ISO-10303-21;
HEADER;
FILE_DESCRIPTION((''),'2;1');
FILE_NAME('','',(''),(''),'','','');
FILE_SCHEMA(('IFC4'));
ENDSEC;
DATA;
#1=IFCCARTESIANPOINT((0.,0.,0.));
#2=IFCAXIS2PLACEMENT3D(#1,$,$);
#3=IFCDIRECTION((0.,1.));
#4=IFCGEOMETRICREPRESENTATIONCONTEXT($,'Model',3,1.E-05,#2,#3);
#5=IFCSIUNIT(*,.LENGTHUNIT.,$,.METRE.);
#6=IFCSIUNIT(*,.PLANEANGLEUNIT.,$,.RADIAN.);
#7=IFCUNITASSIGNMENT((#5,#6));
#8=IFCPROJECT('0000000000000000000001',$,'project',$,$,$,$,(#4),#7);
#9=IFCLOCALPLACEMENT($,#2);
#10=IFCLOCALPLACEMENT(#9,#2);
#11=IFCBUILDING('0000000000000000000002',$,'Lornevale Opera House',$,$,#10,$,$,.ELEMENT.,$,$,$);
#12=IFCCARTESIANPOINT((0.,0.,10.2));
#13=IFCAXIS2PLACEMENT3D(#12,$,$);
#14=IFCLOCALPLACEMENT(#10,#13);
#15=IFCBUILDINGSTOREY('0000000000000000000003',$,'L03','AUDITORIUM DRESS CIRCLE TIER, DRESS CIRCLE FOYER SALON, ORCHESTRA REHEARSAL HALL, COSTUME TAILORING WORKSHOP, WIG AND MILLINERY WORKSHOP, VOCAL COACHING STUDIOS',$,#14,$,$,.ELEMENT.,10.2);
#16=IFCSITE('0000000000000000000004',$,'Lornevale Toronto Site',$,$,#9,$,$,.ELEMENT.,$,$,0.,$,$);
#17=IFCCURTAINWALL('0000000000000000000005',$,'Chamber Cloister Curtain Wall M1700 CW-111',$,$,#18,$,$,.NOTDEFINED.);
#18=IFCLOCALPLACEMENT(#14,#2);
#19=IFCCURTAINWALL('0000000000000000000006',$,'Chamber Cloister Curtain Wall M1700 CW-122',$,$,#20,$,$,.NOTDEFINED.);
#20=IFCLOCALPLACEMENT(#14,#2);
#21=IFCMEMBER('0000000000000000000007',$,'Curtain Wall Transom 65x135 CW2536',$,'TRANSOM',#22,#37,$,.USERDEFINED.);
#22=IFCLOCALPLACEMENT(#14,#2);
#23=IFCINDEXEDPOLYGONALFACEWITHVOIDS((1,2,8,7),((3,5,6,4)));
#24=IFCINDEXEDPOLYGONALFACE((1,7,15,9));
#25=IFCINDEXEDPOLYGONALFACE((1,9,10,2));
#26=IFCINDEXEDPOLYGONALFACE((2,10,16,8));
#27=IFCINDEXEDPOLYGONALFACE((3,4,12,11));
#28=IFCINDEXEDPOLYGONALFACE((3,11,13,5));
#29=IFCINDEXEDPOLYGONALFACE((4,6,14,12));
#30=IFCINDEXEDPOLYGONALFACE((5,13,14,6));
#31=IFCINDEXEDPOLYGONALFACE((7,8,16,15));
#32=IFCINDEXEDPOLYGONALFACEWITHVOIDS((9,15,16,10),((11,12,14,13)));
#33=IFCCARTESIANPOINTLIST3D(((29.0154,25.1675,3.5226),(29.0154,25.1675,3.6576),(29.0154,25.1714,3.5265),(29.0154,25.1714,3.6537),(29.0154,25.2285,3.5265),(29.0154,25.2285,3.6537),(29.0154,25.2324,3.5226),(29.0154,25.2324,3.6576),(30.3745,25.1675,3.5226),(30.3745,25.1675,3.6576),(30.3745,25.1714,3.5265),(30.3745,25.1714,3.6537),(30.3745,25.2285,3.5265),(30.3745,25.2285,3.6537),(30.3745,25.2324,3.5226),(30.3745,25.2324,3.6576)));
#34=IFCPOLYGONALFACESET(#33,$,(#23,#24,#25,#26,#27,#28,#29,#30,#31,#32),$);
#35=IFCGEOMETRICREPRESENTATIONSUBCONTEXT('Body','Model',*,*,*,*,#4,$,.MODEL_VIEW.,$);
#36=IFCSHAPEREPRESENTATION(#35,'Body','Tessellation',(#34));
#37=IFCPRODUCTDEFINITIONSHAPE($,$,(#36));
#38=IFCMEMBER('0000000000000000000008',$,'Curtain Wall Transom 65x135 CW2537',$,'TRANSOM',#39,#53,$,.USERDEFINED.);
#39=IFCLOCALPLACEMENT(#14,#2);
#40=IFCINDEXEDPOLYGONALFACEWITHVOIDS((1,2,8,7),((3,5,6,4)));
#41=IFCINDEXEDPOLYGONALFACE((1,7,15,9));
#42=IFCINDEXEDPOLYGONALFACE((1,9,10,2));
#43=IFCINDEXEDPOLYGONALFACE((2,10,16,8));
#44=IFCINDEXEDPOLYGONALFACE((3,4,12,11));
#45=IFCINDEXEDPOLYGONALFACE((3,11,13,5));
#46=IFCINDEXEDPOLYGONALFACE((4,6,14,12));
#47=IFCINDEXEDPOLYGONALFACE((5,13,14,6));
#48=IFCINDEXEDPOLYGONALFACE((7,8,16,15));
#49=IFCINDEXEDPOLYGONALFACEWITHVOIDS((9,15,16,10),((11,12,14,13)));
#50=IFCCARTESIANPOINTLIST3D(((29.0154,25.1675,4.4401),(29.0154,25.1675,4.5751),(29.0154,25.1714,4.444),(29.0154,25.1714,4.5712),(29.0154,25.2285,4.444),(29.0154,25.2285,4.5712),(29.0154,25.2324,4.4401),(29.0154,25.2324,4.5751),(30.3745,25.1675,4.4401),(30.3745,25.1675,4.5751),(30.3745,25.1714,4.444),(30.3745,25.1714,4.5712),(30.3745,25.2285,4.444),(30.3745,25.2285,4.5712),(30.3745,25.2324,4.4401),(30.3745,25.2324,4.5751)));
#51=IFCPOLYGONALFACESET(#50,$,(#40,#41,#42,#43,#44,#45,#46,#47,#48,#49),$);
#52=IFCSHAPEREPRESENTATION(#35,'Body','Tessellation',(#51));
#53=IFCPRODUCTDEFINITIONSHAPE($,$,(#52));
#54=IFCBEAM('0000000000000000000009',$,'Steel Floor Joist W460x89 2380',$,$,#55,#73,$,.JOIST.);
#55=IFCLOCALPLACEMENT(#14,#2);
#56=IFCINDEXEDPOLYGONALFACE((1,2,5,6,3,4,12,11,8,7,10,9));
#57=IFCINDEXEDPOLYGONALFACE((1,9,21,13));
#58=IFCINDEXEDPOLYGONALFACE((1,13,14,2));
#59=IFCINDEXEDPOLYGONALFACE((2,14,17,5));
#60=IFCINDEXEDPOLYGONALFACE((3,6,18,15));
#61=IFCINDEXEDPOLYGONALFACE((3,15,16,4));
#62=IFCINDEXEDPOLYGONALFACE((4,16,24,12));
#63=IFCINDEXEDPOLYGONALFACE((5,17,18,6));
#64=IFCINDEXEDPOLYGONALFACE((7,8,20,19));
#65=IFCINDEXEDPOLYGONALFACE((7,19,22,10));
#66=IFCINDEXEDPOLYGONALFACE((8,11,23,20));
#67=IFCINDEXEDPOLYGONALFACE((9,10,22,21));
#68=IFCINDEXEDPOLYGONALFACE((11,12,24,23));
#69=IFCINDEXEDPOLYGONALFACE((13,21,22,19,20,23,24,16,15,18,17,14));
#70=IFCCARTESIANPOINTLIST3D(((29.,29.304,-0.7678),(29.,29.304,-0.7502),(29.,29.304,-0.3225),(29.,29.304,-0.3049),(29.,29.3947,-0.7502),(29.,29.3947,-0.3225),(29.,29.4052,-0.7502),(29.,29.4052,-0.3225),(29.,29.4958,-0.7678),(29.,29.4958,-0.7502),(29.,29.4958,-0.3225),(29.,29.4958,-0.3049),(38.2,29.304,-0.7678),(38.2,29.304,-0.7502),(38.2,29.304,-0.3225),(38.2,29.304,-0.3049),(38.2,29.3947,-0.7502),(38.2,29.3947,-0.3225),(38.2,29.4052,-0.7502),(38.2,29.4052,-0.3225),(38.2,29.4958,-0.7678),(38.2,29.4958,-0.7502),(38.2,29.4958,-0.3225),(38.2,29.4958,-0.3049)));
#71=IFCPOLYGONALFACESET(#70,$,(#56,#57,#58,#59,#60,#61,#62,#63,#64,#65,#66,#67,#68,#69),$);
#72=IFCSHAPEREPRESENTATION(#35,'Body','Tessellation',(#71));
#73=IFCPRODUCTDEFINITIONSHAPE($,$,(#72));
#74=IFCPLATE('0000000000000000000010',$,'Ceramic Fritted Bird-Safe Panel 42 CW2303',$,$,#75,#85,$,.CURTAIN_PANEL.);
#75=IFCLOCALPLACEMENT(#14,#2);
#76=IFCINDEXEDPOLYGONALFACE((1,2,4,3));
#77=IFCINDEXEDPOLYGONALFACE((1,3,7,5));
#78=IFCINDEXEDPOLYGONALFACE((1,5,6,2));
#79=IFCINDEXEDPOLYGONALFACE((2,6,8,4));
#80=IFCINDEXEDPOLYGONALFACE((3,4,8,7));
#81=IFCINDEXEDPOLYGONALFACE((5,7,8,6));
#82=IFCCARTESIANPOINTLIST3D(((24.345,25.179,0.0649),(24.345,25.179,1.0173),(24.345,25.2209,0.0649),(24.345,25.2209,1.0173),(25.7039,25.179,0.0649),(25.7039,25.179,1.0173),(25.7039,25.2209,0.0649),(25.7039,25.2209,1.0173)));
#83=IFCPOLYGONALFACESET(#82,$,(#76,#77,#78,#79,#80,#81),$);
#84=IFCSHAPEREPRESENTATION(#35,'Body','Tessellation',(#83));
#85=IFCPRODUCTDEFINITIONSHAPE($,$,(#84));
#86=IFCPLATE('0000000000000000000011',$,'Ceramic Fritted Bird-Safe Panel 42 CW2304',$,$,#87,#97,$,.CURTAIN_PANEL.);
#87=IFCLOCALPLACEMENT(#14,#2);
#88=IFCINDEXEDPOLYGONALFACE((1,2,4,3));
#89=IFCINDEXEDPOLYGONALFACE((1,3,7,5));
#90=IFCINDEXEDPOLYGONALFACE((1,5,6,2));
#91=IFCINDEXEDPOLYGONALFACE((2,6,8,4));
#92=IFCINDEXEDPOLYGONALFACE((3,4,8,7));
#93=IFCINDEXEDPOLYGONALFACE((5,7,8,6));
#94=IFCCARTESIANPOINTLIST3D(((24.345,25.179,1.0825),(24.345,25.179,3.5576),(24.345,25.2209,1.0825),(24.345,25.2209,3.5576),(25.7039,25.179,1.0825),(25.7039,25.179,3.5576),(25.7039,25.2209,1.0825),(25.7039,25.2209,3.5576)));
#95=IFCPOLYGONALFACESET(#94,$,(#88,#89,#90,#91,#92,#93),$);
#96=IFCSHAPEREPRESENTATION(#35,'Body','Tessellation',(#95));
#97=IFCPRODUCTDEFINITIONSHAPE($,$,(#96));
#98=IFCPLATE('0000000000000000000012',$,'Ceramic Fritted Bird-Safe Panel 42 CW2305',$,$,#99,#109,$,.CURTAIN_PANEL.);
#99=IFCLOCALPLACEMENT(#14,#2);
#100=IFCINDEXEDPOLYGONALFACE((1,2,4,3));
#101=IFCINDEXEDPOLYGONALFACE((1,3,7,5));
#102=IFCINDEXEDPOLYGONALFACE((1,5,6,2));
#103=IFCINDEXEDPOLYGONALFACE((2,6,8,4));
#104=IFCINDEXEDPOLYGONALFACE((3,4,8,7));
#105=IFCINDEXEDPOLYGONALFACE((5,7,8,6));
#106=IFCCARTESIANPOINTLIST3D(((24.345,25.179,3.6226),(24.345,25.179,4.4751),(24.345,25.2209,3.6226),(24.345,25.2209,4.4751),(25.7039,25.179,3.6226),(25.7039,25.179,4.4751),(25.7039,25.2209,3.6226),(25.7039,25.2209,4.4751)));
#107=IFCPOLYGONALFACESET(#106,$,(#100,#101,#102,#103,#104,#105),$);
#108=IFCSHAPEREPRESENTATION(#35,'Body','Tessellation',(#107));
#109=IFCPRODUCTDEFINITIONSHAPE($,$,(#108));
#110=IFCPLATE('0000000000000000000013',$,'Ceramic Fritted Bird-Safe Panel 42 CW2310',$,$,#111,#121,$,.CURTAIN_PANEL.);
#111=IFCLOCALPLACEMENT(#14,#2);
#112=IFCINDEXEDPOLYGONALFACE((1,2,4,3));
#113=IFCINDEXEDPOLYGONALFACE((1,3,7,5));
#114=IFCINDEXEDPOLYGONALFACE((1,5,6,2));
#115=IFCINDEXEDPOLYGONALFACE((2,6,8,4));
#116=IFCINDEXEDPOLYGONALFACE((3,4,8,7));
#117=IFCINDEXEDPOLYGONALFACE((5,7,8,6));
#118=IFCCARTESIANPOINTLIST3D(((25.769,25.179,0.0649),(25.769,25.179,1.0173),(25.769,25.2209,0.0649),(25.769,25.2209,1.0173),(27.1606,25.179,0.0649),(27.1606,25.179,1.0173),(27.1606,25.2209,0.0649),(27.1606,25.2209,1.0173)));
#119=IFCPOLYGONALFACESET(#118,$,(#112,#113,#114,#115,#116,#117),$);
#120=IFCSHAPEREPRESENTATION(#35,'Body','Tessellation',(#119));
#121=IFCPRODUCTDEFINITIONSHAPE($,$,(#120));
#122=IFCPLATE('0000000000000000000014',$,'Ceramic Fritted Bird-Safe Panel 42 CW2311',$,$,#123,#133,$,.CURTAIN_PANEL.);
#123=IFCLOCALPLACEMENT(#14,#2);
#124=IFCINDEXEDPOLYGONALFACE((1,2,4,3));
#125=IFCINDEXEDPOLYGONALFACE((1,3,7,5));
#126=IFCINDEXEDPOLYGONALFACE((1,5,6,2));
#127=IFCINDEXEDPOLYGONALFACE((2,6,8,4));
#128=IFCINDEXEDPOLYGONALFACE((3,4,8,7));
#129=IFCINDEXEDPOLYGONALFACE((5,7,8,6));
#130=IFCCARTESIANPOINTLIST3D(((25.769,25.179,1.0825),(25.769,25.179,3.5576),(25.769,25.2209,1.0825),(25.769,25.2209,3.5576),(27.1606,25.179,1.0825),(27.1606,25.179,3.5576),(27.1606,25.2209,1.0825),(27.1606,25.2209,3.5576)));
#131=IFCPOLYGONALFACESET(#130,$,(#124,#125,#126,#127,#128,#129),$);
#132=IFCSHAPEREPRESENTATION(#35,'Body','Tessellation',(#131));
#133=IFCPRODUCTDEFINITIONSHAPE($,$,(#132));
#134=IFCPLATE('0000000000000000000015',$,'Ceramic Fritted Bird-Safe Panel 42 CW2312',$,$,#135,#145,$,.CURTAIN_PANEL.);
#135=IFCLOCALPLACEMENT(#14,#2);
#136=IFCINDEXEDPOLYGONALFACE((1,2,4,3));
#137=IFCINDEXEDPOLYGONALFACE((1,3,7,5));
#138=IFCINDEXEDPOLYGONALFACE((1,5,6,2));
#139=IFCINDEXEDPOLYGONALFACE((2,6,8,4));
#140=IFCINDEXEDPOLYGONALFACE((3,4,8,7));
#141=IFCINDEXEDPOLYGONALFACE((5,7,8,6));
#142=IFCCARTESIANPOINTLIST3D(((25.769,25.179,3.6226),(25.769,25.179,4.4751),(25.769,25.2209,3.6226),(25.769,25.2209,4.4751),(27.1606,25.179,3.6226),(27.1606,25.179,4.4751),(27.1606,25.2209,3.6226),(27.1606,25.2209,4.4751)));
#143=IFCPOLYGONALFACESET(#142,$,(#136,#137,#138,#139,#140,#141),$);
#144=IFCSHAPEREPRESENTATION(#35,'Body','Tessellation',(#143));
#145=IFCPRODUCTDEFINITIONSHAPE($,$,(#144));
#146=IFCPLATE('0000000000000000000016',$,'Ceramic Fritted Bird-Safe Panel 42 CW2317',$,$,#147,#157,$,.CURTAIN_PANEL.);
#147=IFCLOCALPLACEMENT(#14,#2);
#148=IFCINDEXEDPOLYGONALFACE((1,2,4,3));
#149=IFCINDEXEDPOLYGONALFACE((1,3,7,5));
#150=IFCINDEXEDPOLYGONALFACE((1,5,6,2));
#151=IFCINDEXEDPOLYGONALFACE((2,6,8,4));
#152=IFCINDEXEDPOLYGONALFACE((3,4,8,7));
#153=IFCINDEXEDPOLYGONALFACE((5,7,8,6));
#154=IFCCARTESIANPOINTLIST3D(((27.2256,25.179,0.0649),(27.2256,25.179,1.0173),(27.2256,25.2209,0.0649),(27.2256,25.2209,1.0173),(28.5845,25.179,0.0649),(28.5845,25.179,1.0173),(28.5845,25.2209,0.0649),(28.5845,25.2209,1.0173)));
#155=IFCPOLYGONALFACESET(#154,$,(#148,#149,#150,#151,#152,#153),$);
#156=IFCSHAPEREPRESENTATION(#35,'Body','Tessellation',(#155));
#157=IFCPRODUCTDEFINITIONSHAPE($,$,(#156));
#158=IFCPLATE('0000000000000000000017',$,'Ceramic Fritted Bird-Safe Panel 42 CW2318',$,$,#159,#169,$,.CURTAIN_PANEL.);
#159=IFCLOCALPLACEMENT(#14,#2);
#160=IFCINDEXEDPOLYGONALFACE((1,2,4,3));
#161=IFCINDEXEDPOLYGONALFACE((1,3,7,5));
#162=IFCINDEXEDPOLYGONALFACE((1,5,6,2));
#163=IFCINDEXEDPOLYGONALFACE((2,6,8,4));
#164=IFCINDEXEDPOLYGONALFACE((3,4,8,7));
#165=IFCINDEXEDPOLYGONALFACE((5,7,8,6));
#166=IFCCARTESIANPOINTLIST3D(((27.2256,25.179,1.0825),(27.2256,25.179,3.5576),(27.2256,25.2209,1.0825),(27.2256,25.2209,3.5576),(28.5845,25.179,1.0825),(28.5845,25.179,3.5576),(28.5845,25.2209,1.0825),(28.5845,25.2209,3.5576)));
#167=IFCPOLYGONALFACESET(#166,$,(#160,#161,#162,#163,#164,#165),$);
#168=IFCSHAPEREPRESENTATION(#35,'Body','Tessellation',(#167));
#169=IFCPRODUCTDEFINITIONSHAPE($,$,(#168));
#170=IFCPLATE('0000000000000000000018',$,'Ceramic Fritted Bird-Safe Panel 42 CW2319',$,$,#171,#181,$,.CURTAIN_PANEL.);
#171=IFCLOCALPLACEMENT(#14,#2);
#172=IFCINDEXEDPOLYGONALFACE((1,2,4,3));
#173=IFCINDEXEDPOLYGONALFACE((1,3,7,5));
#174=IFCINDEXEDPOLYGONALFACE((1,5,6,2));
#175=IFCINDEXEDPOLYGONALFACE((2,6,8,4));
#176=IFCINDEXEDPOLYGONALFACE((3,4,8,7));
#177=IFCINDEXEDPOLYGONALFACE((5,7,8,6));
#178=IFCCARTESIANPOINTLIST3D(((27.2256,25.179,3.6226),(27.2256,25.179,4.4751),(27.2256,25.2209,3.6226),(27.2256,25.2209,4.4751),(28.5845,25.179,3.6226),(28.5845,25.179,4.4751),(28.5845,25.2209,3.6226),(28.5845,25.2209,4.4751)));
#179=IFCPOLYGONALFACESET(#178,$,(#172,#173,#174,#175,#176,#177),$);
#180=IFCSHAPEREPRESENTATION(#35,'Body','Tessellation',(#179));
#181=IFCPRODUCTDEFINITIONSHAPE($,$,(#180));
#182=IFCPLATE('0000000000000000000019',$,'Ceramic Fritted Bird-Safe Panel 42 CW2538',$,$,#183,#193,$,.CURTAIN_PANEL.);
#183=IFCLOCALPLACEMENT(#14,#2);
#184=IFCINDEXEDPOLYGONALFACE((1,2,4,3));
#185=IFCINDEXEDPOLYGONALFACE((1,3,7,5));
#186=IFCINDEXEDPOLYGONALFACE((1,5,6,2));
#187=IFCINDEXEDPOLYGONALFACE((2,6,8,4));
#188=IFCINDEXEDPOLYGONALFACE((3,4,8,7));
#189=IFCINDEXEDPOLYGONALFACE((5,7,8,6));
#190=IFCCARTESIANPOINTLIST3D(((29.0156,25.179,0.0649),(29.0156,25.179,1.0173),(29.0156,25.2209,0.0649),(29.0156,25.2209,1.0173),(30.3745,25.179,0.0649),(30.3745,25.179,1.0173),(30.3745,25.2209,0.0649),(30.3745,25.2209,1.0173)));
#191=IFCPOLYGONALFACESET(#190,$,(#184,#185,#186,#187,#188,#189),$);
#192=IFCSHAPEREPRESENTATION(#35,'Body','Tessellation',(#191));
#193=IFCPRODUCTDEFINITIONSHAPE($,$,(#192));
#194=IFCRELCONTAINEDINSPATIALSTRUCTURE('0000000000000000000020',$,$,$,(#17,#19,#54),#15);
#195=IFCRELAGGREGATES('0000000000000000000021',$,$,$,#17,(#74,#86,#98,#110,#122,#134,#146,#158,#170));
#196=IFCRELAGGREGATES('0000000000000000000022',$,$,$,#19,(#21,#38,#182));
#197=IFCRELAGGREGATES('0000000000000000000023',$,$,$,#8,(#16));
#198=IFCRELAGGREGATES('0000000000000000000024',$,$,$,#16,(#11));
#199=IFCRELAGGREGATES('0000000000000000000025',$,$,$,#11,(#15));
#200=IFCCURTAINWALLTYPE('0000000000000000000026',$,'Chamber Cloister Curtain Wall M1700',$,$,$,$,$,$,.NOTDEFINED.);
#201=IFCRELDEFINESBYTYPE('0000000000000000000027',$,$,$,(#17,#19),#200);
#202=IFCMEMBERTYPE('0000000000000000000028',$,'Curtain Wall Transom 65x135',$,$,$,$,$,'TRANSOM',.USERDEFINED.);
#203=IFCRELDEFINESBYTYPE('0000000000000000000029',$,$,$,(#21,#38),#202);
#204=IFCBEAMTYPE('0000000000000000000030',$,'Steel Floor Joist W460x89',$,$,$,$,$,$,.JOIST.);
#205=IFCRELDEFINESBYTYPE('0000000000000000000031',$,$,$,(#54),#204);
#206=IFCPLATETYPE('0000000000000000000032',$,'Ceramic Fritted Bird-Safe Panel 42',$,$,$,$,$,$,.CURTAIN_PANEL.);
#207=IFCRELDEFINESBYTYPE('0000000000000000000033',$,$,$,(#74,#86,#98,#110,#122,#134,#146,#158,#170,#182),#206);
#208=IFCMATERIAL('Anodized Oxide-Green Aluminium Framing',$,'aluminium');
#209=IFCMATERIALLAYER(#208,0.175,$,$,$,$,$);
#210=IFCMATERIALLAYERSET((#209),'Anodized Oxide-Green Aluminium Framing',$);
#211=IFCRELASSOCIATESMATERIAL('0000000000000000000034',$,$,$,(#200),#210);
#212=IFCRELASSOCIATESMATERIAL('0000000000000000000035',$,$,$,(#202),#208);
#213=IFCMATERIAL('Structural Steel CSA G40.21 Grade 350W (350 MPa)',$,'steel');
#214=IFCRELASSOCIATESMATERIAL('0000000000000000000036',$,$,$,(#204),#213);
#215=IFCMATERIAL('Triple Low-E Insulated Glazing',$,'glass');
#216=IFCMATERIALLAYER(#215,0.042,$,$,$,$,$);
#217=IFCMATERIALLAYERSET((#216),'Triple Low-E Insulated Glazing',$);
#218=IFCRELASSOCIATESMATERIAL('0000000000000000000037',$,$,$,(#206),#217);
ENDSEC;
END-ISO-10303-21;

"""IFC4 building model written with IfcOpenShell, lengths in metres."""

from ifc_helpers import new_model, si_unit, direction, frame, origin, origin_2d, place, context, subcontext, project, spatial, rectangle, hollow_rectangle, i_section, extrude, material, layer, layer_set, material_profile, profile_set, type_object, element, aggregate, save


model = new_model("IFC4")

# Units and contexts
model_context = context("Model", 3, precision=1e-05, world=origin(), true_north=direction((0.0, 1.0)))
body_context = subcontext(model_context, "Body", "Model", "MODEL_VIEW")
ifc_project = project(units=[si_unit("LENGTHUNIT", "METRE"), si_unit("PLANEANGLEUNIT", "RADIAN")], contexts=[model_context])

# Site, building, storey
site_placement = place(None, origin())
site = spatial("IfcSite", under=ifc_project, at=site_placement, Name="Lornevale Toronto Site", CompositionType="ELEMENT", RefElevation=0.0)
building_placement = place(site_placement, origin())
building = spatial("IfcBuilding", under=site, at=building_placement, Name="Lornevale Opera House", CompositionType="ELEMENT")
storey_placement = place(building_placement, frame((0.0, 0.0, 10.2)))
storey = spatial("IfcBuildingStorey", under=building, at=storey_placement, Name="L03", Description="AUDITORIUM DRESS CIRCLE TIER, DRESS CIRCLE FOYER SALON, ORCHESTRA REHEARSAL HALL, COSTUME TAILORING WORKSHOP, WIG AND MILLINERY WORKSHOP, VOCAL COACHING STUDIOS", CompositionType="ELEMENT", Elevation=10.2)

# Shared definitions
ifc_material_1 = material(Name="Structural Steel CSA G40.21 Grade 350W (350 MPa)", Category="steel")

# Curtain wall
ifc_material_2 = material(Name="Anodized Oxide-Green Aluminium Framing", Category="aluminium")
ifc_layer_1 = layer(ifc_material_2, 0.175)
ifc_layer_set_1 = layer_set([ifc_layer_1], Name="Anodized Oxide-Green Aluminium Framing")
curtain_wall_type = type_object("IfcCurtainWallType", Name="Chamber Cloister Curtain Wall M1700", PredefinedType="NOTDEFINED", material=ifc_layer_set_1)
curtain_wall_1_placement = place(storey_placement, origin())
curtain_wall_1 = element("IfcCurtainWall", 1, at=curtain_wall_1_placement, inside=storey, type_object=curtain_wall_type, Name="Chamber Cloister Curtain Wall M1700 CW-111", PredefinedType="NOTDEFINED")

# Curtain wall
curtain_wall_2_placement = place(storey_placement, origin())
curtain_wall_2 = element("IfcCurtainWall", 2, at=curtain_wall_2_placement, inside=storey, type_object=curtain_wall_type, Name="Chamber Cloister Curtain Wall M1700 CW-122", PredefinedType="NOTDEFINED")

# Members
ifc_material_profile_1 = material_profile(ifc_material_2, hollow_rectangle(XDim=0.0649, YDim=0.135, WallThickness=0.0039, at=origin_2d()), Name="ALU65x135x4")
ifc_profile_set_1 = profile_set([ifc_material_profile_1], Name="Anodized Oxide-Green Aluminium Framing")
member_type_1 = type_object("IfcMemberType", Name="Curtain Wall Transom 65x135", ElementType="TRANSOM", PredefinedType="USERDEFINED", material=ifc_profile_set_1)
member_1_placement = place(storey_placement, frame((29.0154, 25.2, 3.5901), z_axis=(1.0, 0.0, 0.0), x_axis=(0.0, 1.0, 0.0)))
member_1 = element("IfcMember", 3, at=member_1_placement, type_object=member_type_1, Name="Curtain Wall Transom 65x135 CW2536", ObjectType="TRANSOM", PredefinedType="USERDEFINED", context=body_context, shape_type="SweptSolid", body=[
    extrude(hollow_rectangle(XDim=0.0649, YDim=0.135, WallThickness=0.0039, at=origin_2d()), origin(), (0.0, 0.0, 1.0), 1.3591),
])
member_2_placement = place(storey_placement, frame((29.0154, 25.2, 4.5076), z_axis=(1.0, 0.0, 0.0), x_axis=(0.0, 1.0, 0.0)))
member_2 = element("IfcMember", 4, at=member_2_placement, type_object=member_type_1, Name="Curtain Wall Transom 65x135 CW2537", ObjectType="TRANSOM", PredefinedType="USERDEFINED", context=body_context, shape_type="SweptSolid", body=[
    extrude(hollow_rectangle(XDim=0.0649, YDim=0.135, WallThickness=0.0039, at=origin_2d()), origin(), (0.0, 0.0, 1.0), 1.3591),
])

# Beam
ifc_material_profile_2 = material_profile(ifc_material_1, i_section(OverallWidth=0.1919, OverallDepth=0.4629, WebThickness=0.0105, FlangeThickness=0.0176, at=origin_2d()), Name="W460x89")
ifc_profile_set_2 = profile_set([ifc_material_profile_2], Name="Structural Steel CSA G40.21 Grade 350W (350 MPa)")
beam_type_1 = type_object("IfcBeamType", Name="Steel Floor Joist W460x89", PredefinedType="JOIST", material=ifc_profile_set_2)
beam_1_placement = place(storey_placement, frame((29.0, 29.3999, -0.5364), z_axis=(1.0, 0.0, 0.0), x_axis=(0.0, 1.0, 0.0)))
element("IfcBeam", 5, at=beam_1_placement, inside=storey, type_object=beam_type_1, Name="Steel Floor Joist W460x89 2380", PredefinedType="JOIST", context=body_context, shape_type="SweptSolid", body=[
    extrude(i_section(OverallWidth=0.1919, OverallDepth=0.4629, WebThickness=0.0105, FlangeThickness=0.0176, at=origin_2d()), origin(), (0.0, 0.0, 1.0), 9.2),
])

# Plates
ifc_material_3 = material(Name="Triple Low-E Insulated Glazing", Category="glass")
ifc_layer_2 = layer(ifc_material_3, 0.042)
ifc_layer_set_2 = layer_set([ifc_layer_2], Name="Triple Low-E Insulated Glazing")
plate_type = type_object("IfcPlateType", Name="Ceramic Fritted Bird-Safe Panel 42", PredefinedType="CURTAIN_PANEL", material=ifc_layer_set_2)
plate_1_placement = place(storey_placement, frame((25.0244, 25.2, 0.0649), z_axis=(0.0, 0.0, 1.0), x_axis=(1.0, 0.0, 0.0)))
plate_1 = element("IfcPlate", 6, at=plate_1_placement, type_object=plate_type, Name="Ceramic Fritted Bird-Safe Panel 42 CW2303", PredefinedType="CURTAIN_PANEL", context=body_context, shape_type="SweptSolid", body=[
    extrude(rectangle(XDim=1.3589, YDim=0.042, at=origin_2d()), origin(), (0.0, 0.0, 1.0), 0.9524),
])
plate_2_placement = place(storey_placement, frame((25.0244, 25.2, 1.0825), z_axis=(0.0, 0.0, 1.0), x_axis=(1.0, 0.0, 0.0)))
plate_2 = element("IfcPlate", 7, at=plate_2_placement, type_object=plate_type, Name="Ceramic Fritted Bird-Safe Panel 42 CW2304", PredefinedType="CURTAIN_PANEL", context=body_context, shape_type="SweptSolid", body=[
    extrude(rectangle(XDim=1.3589, YDim=0.042, at=origin_2d()), origin(), (0.0, 0.0, 1.0), 2.4751),
])
plate_3_placement = place(storey_placement, frame((25.0244, 25.2, 3.6226), z_axis=(0.0, 0.0, 1.0), x_axis=(1.0, 0.0, 0.0)))
plate_3 = element("IfcPlate", 8, at=plate_3_placement, type_object=plate_type, Name="Ceramic Fritted Bird-Safe Panel 42 CW2305", PredefinedType="CURTAIN_PANEL", context=body_context, shape_type="SweptSolid", body=[
    extrude(rectangle(XDim=1.3589, YDim=0.042, at=origin_2d()), origin(), (0.0, 0.0, 1.0), 0.8525),
])
plate_4_placement = place(storey_placement, frame((26.4648, 25.2, 0.0649), z_axis=(0.0, 0.0, 1.0), x_axis=(1.0, 0.0, 0.0)))
plate_4 = element("IfcPlate", 9, at=plate_4_placement, type_object=plate_type, Name="Ceramic Fritted Bird-Safe Panel 42 CW2310", PredefinedType="CURTAIN_PANEL", context=body_context, shape_type="SweptSolid", body=[
    extrude(rectangle(XDim=1.3916, YDim=0.042, at=origin_2d()), origin(), (0.0, 0.0, 1.0), 0.9524),
])
plate_5_placement = place(storey_placement, frame((26.4648, 25.2, 1.0825), z_axis=(0.0, 0.0, 1.0), x_axis=(1.0, 0.0, 0.0)))
plate_5 = element("IfcPlate", 10, at=plate_5_placement, type_object=plate_type, Name="Ceramic Fritted Bird-Safe Panel 42 CW2311", PredefinedType="CURTAIN_PANEL", context=body_context, shape_type="SweptSolid", body=[
    extrude(rectangle(XDim=1.3916, YDim=0.042, at=origin_2d()), origin(), (0.0, 0.0, 1.0), 2.4751),
])
plate_6_placement = place(storey_placement, frame((26.4648, 25.2, 3.6226), z_axis=(0.0, 0.0, 1.0), x_axis=(1.0, 0.0, 0.0)))
plate_6 = element("IfcPlate", 11, at=plate_6_placement, type_object=plate_type, Name="Ceramic Fritted Bird-Safe Panel 42 CW2312", PredefinedType="CURTAIN_PANEL", context=body_context, shape_type="SweptSolid", body=[
    extrude(rectangle(XDim=1.3916, YDim=0.042, at=origin_2d()), origin(), (0.0, 0.0, 1.0), 0.8525),
])
plate_7_placement = place(storey_placement, frame((27.905, 25.2, 0.0649), z_axis=(0.0, 0.0, 1.0), x_axis=(1.0, 0.0, 0.0)))
plate_7 = element("IfcPlate", 12, at=plate_7_placement, type_object=plate_type, Name="Ceramic Fritted Bird-Safe Panel 42 CW2317", PredefinedType="CURTAIN_PANEL", context=body_context, shape_type="SweptSolid", body=[
    extrude(rectangle(XDim=1.3589, YDim=0.042, at=origin_2d()), origin(), (0.0, 0.0, 1.0), 0.9524),
])
plate_8_placement = place(storey_placement, frame((27.905, 25.2, 1.0825), z_axis=(0.0, 0.0, 1.0), x_axis=(1.0, 0.0, 0.0)))
plate_8 = element("IfcPlate", 13, at=plate_8_placement, type_object=plate_type, Name="Ceramic Fritted Bird-Safe Panel 42 CW2318", PredefinedType="CURTAIN_PANEL", context=body_context, shape_type="SweptSolid", body=[
    extrude(rectangle(XDim=1.3589, YDim=0.042, at=origin_2d()), origin(), (0.0, 0.0, 1.0), 2.4751),
])
plate_9_placement = place(storey_placement, frame((27.905, 25.2, 3.6226), z_axis=(0.0, 0.0, 1.0), x_axis=(1.0, 0.0, 0.0)))
plate_9 = element("IfcPlate", 14, at=plate_9_placement, type_object=plate_type, Name="Ceramic Fritted Bird-Safe Panel 42 CW2319", PredefinedType="CURTAIN_PANEL", context=body_context, shape_type="SweptSolid", body=[
    extrude(rectangle(XDim=1.3589, YDim=0.042, at=origin_2d()), origin(), (0.0, 0.0, 1.0), 0.8525),
])
aggregate(curtain_wall_1, [plate_1, plate_2, plate_3, plate_4, plate_5, plate_6, plate_7, plate_8, plate_9])
plate_10_placement = place(storey_placement, frame((29.6951, 25.2, 0.0649), z_axis=(0.0, 0.0, 1.0), x_axis=(1.0, 0.0, 0.0)))
plate_10 = element("IfcPlate", 15, at=plate_10_placement, type_object=plate_type, Name="Ceramic Fritted Bird-Safe Panel 42 CW2538", PredefinedType="CURTAIN_PANEL", context=body_context, shape_type="SweptSolid", body=[
    extrude(rectangle(XDim=1.3589, YDim=0.042, at=origin_2d()), origin(), (0.0, 0.0, 1.0), 0.9524),
])
aggregate(curtain_wall_2, [member_1, member_2, plate_10])

save(model, "model.ifc")
